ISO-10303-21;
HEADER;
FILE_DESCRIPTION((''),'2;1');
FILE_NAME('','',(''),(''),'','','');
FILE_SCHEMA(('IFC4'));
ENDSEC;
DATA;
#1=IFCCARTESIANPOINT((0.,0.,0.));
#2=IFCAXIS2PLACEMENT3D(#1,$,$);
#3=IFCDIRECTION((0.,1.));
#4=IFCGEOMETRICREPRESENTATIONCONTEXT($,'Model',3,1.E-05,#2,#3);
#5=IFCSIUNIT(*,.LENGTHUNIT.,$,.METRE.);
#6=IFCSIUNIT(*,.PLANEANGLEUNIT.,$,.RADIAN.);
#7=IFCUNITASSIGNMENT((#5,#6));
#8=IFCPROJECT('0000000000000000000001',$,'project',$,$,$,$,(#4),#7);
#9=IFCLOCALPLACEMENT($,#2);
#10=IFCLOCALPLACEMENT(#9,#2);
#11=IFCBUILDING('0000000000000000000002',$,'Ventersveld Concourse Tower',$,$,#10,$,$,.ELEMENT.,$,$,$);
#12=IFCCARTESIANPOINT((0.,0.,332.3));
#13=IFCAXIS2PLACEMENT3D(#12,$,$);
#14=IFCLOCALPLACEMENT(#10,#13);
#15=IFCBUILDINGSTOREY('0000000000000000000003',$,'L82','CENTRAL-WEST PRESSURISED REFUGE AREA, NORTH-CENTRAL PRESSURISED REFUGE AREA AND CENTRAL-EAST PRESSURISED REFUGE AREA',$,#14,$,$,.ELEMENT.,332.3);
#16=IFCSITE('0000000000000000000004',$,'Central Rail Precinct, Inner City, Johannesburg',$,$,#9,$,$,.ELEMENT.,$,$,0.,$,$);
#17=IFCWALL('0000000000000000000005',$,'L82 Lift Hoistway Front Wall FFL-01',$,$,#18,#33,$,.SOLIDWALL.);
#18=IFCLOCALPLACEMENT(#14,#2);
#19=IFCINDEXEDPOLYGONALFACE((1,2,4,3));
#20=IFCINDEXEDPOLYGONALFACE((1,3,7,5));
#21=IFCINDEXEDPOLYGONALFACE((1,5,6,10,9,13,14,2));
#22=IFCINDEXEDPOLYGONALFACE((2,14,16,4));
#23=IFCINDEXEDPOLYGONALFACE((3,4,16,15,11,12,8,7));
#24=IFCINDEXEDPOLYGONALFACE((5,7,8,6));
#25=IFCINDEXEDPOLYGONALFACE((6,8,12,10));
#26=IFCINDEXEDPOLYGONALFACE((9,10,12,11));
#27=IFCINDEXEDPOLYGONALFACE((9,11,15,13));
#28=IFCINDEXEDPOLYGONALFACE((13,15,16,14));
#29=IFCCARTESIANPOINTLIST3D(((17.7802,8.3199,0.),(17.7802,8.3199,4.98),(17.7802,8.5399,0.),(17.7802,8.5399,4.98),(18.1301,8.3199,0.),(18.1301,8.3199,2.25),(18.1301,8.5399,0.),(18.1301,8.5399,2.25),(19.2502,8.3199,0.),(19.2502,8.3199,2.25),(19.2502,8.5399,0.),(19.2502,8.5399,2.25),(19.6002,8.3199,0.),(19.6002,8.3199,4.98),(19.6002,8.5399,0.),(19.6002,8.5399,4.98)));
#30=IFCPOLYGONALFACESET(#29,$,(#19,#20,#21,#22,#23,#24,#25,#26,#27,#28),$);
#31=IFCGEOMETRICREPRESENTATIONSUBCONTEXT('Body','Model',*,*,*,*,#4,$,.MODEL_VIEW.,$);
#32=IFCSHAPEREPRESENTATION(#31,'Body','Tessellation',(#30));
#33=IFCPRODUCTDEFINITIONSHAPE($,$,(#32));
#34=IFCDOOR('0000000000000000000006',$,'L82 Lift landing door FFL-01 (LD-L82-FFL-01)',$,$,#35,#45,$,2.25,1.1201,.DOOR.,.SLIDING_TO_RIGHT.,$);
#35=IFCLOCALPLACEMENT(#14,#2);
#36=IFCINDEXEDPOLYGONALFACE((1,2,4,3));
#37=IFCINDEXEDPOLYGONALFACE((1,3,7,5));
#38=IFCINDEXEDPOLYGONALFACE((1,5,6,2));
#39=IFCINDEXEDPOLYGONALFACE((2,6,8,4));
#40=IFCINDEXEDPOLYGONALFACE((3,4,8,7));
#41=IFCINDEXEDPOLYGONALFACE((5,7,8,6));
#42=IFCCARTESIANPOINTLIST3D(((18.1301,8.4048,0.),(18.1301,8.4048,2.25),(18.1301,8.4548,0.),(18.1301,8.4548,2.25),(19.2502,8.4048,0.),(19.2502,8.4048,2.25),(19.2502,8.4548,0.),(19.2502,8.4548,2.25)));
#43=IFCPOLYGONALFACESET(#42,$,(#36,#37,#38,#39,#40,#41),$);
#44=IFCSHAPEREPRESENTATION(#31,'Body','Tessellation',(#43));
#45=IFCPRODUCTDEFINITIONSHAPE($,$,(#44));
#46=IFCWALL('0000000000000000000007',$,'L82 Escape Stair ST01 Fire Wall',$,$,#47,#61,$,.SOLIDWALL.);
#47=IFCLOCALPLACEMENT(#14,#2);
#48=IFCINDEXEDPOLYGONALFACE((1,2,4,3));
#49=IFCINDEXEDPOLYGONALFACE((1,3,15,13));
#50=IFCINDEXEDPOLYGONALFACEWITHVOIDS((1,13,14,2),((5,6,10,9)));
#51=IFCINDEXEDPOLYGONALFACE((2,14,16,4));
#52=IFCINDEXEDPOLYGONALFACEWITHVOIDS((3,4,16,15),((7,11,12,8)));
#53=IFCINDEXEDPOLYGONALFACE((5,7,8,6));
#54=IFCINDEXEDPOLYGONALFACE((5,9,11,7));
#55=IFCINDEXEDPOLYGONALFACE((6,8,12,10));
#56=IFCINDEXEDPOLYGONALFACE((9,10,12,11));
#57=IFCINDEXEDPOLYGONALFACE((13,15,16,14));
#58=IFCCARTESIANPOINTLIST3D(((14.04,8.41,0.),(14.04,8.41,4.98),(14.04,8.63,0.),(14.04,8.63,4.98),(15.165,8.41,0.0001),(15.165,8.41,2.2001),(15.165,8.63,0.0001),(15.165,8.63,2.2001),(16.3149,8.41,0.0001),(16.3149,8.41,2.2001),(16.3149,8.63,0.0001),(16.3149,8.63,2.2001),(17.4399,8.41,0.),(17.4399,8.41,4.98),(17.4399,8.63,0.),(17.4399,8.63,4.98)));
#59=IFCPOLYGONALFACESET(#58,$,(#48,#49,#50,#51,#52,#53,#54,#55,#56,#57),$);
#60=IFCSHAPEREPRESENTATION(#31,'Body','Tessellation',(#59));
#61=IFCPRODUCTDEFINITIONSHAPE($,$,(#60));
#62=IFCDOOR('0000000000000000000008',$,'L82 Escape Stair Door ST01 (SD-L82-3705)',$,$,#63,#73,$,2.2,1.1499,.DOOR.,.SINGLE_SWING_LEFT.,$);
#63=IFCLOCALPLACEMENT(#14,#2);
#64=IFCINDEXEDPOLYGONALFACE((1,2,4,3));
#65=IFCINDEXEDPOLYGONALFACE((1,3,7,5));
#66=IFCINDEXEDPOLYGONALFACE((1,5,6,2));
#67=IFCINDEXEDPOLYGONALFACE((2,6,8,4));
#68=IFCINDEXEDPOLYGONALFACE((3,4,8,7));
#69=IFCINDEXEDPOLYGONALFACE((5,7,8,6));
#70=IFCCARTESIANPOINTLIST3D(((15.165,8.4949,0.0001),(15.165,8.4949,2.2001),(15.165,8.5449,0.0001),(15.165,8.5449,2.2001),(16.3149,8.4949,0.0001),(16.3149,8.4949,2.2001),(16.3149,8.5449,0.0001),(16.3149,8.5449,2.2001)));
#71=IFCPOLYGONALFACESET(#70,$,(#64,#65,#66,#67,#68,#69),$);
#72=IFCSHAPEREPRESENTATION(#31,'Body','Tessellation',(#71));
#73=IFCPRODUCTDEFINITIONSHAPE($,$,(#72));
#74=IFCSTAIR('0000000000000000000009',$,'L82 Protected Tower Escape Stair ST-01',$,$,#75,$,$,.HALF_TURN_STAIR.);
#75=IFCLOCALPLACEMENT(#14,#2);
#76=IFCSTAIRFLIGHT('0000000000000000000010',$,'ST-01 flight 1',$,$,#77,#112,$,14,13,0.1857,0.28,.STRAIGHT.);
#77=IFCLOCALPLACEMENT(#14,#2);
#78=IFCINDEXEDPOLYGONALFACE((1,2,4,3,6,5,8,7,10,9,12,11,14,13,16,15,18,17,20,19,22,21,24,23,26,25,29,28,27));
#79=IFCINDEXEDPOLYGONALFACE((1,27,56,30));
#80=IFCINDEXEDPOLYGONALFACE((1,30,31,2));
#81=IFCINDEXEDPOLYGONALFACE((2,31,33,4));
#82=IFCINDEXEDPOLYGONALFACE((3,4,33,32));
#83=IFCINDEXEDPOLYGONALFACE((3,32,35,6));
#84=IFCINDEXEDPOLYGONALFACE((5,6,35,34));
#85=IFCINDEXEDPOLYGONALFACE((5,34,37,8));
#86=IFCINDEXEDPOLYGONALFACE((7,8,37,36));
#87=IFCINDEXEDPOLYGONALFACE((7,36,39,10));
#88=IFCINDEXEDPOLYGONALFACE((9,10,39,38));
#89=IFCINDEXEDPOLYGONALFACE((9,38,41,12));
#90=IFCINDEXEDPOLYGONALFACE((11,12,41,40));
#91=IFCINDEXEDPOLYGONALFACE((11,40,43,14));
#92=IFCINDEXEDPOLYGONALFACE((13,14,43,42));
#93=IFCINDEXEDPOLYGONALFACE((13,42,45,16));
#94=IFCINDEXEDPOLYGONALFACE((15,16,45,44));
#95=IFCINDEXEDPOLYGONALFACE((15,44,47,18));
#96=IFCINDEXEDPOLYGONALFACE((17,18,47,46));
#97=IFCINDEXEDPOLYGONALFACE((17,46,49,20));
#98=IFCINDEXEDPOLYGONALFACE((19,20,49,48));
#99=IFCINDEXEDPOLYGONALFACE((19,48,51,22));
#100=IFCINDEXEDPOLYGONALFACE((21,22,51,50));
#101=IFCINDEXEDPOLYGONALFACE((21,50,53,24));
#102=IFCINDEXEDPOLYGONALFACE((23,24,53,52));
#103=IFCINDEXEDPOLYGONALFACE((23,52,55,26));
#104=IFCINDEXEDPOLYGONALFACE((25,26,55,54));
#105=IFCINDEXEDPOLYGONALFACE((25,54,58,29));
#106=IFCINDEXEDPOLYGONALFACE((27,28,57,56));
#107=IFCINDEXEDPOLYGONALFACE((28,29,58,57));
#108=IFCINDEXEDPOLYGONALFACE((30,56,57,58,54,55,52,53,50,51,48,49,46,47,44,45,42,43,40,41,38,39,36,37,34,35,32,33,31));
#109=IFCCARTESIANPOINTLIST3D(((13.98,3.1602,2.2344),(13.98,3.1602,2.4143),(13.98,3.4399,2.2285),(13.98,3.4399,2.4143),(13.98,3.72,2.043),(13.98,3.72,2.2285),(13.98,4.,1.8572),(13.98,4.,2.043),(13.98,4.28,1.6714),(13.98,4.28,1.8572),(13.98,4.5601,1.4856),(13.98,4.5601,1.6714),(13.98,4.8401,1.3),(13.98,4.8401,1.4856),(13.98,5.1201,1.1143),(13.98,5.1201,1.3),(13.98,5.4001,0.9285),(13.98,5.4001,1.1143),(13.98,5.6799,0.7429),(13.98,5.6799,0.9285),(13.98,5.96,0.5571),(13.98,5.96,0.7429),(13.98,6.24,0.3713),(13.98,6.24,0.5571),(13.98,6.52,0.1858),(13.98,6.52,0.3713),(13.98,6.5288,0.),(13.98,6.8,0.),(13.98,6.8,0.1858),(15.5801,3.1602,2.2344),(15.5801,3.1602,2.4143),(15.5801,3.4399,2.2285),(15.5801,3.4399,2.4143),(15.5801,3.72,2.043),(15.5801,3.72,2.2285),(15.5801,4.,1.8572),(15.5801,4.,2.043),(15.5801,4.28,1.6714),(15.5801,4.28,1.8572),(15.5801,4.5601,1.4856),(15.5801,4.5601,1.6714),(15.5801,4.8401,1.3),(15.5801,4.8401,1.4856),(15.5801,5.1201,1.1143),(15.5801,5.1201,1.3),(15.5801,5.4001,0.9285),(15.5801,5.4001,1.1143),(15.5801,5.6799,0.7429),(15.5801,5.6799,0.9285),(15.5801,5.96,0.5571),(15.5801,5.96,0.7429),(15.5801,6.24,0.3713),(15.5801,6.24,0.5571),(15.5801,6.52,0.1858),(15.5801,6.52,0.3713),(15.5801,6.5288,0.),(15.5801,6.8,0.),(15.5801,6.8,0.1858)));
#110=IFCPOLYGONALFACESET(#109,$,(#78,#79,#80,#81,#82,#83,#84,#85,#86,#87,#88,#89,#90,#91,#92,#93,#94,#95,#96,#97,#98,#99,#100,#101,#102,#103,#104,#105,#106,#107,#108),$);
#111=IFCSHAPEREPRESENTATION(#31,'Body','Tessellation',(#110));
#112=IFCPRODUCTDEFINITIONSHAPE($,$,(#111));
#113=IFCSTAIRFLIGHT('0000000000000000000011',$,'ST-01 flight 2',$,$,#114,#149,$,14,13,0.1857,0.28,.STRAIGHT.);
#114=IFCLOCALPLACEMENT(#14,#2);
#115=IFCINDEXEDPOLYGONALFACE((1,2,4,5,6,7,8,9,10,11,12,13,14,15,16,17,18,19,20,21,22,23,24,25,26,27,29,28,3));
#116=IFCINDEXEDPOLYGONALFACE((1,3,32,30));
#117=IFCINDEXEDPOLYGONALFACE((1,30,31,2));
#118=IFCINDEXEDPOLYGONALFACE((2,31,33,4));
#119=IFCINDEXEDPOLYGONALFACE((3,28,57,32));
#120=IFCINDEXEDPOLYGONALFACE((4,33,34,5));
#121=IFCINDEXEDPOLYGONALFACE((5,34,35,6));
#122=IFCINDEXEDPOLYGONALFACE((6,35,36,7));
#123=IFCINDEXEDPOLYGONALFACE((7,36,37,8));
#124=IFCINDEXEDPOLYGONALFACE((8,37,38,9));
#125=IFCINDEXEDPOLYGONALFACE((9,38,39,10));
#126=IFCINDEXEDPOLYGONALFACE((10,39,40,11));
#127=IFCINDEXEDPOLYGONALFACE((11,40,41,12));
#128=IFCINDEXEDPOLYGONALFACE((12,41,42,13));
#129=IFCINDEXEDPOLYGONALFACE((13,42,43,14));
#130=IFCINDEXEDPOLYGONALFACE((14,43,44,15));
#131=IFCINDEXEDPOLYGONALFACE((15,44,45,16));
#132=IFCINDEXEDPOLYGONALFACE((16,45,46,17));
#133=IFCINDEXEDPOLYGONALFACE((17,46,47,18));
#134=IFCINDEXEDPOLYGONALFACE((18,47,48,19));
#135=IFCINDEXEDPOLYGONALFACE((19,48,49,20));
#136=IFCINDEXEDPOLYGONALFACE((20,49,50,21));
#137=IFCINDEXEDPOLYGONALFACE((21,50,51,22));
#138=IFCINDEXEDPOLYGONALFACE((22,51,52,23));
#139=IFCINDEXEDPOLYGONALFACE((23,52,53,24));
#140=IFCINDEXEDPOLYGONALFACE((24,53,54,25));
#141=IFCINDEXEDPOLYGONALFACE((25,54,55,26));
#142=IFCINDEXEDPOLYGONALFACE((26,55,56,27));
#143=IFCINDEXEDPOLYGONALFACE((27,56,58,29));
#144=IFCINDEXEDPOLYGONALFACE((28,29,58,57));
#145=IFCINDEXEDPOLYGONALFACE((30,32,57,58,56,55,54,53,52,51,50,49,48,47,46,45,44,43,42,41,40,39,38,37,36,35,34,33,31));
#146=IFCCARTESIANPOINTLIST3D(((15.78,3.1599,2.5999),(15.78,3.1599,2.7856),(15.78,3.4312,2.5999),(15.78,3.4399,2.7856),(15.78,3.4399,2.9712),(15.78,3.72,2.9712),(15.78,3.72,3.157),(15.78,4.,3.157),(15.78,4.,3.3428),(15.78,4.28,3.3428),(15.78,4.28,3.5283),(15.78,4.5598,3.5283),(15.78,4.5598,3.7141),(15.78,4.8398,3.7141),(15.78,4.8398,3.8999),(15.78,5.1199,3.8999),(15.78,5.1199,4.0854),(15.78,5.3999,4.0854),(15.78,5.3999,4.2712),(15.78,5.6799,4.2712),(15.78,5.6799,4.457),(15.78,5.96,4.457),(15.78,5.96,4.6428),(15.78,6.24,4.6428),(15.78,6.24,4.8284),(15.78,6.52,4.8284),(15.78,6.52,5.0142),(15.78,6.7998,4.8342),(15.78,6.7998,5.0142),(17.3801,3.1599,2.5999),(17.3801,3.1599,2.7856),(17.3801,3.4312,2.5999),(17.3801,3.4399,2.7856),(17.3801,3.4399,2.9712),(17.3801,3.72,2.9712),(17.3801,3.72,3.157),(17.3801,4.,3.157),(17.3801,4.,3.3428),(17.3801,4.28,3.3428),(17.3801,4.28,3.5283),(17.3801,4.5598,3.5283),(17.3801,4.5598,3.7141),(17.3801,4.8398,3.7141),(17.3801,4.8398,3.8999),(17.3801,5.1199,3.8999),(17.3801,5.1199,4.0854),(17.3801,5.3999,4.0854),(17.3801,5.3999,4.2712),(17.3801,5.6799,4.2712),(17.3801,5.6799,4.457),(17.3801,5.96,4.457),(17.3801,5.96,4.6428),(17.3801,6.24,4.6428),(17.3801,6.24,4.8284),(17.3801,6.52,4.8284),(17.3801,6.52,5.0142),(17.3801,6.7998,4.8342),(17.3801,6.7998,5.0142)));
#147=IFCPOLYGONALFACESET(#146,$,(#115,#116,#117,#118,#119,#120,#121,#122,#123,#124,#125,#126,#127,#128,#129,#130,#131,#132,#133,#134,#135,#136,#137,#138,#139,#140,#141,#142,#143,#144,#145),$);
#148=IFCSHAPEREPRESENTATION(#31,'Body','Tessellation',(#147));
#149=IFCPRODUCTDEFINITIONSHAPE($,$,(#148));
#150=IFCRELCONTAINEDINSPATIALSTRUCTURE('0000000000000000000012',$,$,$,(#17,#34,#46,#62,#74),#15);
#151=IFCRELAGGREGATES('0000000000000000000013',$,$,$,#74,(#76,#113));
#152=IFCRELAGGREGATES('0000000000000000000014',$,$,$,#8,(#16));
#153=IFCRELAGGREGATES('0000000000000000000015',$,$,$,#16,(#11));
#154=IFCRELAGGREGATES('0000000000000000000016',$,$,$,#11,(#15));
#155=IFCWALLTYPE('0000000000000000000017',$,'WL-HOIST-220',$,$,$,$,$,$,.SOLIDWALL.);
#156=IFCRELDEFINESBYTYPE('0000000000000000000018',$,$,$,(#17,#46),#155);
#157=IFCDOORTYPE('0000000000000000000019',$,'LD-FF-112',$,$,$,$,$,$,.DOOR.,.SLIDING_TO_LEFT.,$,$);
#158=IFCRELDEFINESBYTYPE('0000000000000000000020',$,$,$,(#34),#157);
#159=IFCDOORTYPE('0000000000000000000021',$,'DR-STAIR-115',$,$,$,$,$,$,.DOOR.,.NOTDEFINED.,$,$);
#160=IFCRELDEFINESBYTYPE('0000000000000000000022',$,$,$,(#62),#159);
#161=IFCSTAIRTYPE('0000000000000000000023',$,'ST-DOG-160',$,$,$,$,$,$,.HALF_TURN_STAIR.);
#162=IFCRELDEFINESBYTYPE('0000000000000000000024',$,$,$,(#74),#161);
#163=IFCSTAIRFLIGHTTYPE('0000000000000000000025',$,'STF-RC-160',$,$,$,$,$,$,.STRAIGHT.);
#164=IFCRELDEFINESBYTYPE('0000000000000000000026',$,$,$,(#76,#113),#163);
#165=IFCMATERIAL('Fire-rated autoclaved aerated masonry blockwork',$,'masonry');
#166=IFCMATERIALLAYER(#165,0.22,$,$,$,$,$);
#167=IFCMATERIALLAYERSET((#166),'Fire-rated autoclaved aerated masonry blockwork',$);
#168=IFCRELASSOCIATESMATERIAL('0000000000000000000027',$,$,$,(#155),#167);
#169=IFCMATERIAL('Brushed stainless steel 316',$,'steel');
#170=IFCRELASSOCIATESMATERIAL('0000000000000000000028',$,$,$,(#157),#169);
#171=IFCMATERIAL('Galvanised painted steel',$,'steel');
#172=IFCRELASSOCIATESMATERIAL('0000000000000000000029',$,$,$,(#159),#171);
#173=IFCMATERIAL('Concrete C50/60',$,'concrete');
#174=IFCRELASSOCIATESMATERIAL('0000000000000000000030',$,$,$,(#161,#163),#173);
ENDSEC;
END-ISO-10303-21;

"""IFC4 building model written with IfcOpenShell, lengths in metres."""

from ifc_helpers import new_model, si_unit, direction, frame, frame_2d, origin, place, context, subcontext, project, spatial, polyline, rectangle, outline, extrude, material, layer, layer_set, type_object, element, fill, aggregate, save


model = new_model("IFC4")

# Units and contexts
model_context = context("Model", 3, precision=1e-05, world=origin(), true_north=direction((0.0, 1.0)))
body_context = subcontext(model_context, "Body", "Model", "MODEL_VIEW")
ifc_project = project(units=[si_unit("LENGTHUNIT", "METRE"), si_unit("PLANEANGLEUNIT", "RADIAN")], contexts=[model_context])

# Site, building, storey
site_placement = place(None, origin())
site = spatial("IfcSite", under=ifc_project, at=site_placement, Name="Central Rail Precinct, Inner City, Johannesburg", CompositionType="ELEMENT", RefElevation=0.0)
building_placement = place(site_placement, origin())
building = spatial("IfcBuilding", under=site, at=building_placement, Name="Ventersveld Concourse Tower", CompositionType="ELEMENT")
storey_placement = place(building_placement, frame((0.0, 0.0, 332.3)))
storey = spatial("IfcBuildingStorey", under=building, at=storey_placement, Name="L82", Description="CENTRAL-WEST PRESSURISED REFUGE AREA, NORTH-CENTRAL PRESSURISED REFUGE AREA AND CENTRAL-EAST PRESSURISED REFUGE AREA", CompositionType="ELEMENT", Elevation=332.3)

# Shared definitions
ifc_material_1 = material(Name="Concrete C50/60", Category="concrete")

# Shared definitions
ifc_material_2 = material(Name="Fire-rated autoclaved aerated masonry blockwork", Category="masonry")
ifc_layer_1 = layer(ifc_material_2, 0.22)
ifc_layer_set_1 = layer_set([ifc_layer_1], Name="Fire-rated autoclaved aerated masonry blockwork")
wall_type_1 = type_object("IfcWallType", Name="WL-HOIST-220", PredefinedType="SOLIDWALL", material=ifc_layer_set_1)

# Walls, openings, doors
wall_1_placement = place(storey_placement, frame((17.78, 8.4299, 0.0), z_axis=(0.0, 0.0, 1.0), x_axis=(1.0, 0.0, 0.0)))
wall_1 = element("IfcWall", 1, at=wall_1_placement, inside=storey, type_object=wall_type_1, Name="L82 Lift Hoistway Front Wall FFL-01", PredefinedType="SOLIDWALL", context=body_context, shape_type="SweptSolid", body=[
    extrude(rectangle(XDim=1.8201, YDim=0.22, at=frame_2d((0.9102, 0.0))), origin(), (0.0, 0.0, 1.0), 4.98),
])
opening_1_placement = place(wall_1_placement, frame((0.3501, 0.0, 0.0)))
opening_1 = element("IfcOpeningElement", 2, at=opening_1_placement, cuts=wall_1, PredefinedType="OPENING", context=body_context, shape_type="SweptSolid", body=[
    extrude(rectangle(XDim=1.1201, YDim=2.25, at=frame_2d((0.5601, 1.125))), frame((0.0, 0.1201, 0.0), z_axis=(0.0, -1.0, 0.0), x_axis=(1.0, 0.0, 0.0)), (0.0, 0.0, 1.0), 0.24),
])
ifc_material_3 = material(Name="Brushed stainless steel 316", Category="steel")
door_type_1 = type_object("IfcDoorType", Name="LD-FF-112", OperationType="SLIDING_TO_LEFT", PredefinedType="DOOR", material=ifc_material_3)
door_1_placement = place(opening_1_placement, origin())
door_1 = element("IfcDoor", 3, at=door_1_placement, inside=storey, type_object=door_type_1, Name="L82 Lift landing door FFL-01 (LD-L82-FFL-01)", OperationType="SLIDING_TO_RIGHT", OverallHeight=2.25, OverallWidth=1.1201, PredefinedType="DOOR", context=body_context, shape_type="SweptSolid", body=[
    extrude(rectangle(XDim=1.1201, YDim=2.25, at=frame_2d((0.5601, 1.125))), frame((0.0, 0.0249, 0.0), z_axis=(0.0, -1.0, 0.0), x_axis=(1.0, 0.0, 0.0)), (0.0, 0.0, 1.0), 0.05),
])
fill(opening_1, door_1)
wall_2_placement = place(storey_placement, frame((14.04, 8.52, 0.0), z_axis=(0.0, 0.0, 1.0), x_axis=(1.0, 0.0, 0.0)))
wall_2 = element("IfcWall", 4, at=wall_2_placement, inside=storey, type_object=wall_type_1, Name="L82 Escape Stair ST01 Fire Wall", PredefinedType="SOLIDWALL", context=body_context, shape_type="SweptSolid", body=[
    extrude(rectangle(XDim=3.3999, YDim=0.22, at=frame_2d((1.7, 0.0))), origin(), (0.0, 0.0, 1.0), 4.98),
])
opening_2_placement = place(wall_2_placement, frame((1.125, 0.0, 0.0)))
opening_2 = element("IfcOpeningElement", 5, at=opening_2_placement, cuts=wall_2, PredefinedType="OPENING", context=body_context, shape_type="SweptSolid", body=[
    extrude(rectangle(XDim=1.1499, YDim=2.2, at=frame_2d((0.575, 1.1001))), frame((0.0, 0.1201, 0.0), z_axis=(0.0, -1.0, 0.0), x_axis=(1.0, 0.0, 0.0)), (0.0, 0.0, 1.0), 0.24),
])
ifc_material_4 = material(Name="Galvanised painted steel", Category="steel")
door_type_2 = type_object("IfcDoorType", Name="DR-STAIR-115", OperationType="NOTDEFINED", PredefinedType="DOOR", material=ifc_material_4)
door_2_placement = place(opening_2_placement, origin())
door_2 = element("IfcDoor", 6, at=door_2_placement, inside=storey, type_object=door_type_2, Name="L82 Escape Stair Door ST01 (SD-L82-3705)", OperationType="SINGLE_SWING_LEFT", OverallHeight=2.2, OverallWidth=1.1499, PredefinedType="DOOR", context=body_context, shape_type="SweptSolid", body=[
    extrude(rectangle(XDim=1.1499, YDim=2.2, at=frame_2d((0.575, 1.1001))), frame((0.0, 0.0249, 0.0), z_axis=(0.0, -1.0, 0.0), x_axis=(1.0, 0.0, 0.0)), (0.0, 0.0, 1.0), 0.05),
])
fill(opening_2, door_2)

# Stair, stair flights
stair_type = type_object("IfcStairType", Name="ST-DOG-160", PredefinedType="HALF_TURN_STAIR", material=ifc_material_1)
stair_placement = place(storey_placement, origin())
stair = element("IfcStair", 7, at=stair_placement, inside=storey, type_object=stair_type, Name="L82 Protected Tower Escape Stair ST-01", PredefinedType="HALF_TURN_STAIR")
stair_flight_type = type_object("IfcStairFlightType", Name="STF-RC-160", PredefinedType="STRAIGHT", material=ifc_material_1)
stair_flight_1_placement = place(storey_placement, frame((14.78, 6.8, 0.0), z_axis=(0.0, 0.0, 1.0), x_axis=(0.0, -1.0, 0.0)))
stair_flight_1 = element("IfcStairFlight", 8, at=stair_flight_1_placement, type_object=stair_flight_type, Name="ST-01 flight 1", NumberOfRisers=14, NumberOfTreads=13, PredefinedType="STRAIGHT", RiserHeight=0.1857, TreadLength=0.28, context=body_context, shape_type="SweptSolid", body=[
    extrude(outline(polyline([(0.0, 0.0), (0.0, 0.1858), (0.28, 0.1858), (0.28, 0.3713), (0.5601, 0.3713), (0.5601, 0.5571), (0.8401, 0.5571), (0.8401, 0.7429), (1.1201, 0.7429), (1.1201, 0.9285), (1.3999, 0.9285), (1.3999, 1.1143), (1.6799, 1.1143), (1.6799, 1.3), (1.96, 1.3), (1.96, 1.4856), (2.24, 1.4856), (2.24, 1.6714), (2.52, 1.6714), (2.52, 1.8572), (2.8, 1.8572), (2.8, 2.043), (3.0801, 2.043), (3.0801, 2.2285), (3.3601, 2.2285), (3.3601, 2.4143), (3.6399, 2.4143), (3.6399, 2.6001), (3.6399, 2.2344), (0.2712, 0.0), (0.0, 0.0)])), frame((0.0, 0.8, 0.0), z_axis=(0.0, -1.0, 0.0), x_axis=(1.0, 0.0, 0.0)), (0.0, 0.0, 1.0), 1.6001),
])
stair_flight_2_placement = place(storey_placement, frame((16.5801, 3.1599, 2.5999), z_axis=(0.0, 0.0, 1.0), x_axis=(0.0, 1.0, 0.0)))
stair_flight_2 = element("IfcStairFlight", 9, at=stair_flight_2_placement, type_object=stair_flight_type, Name="ST-01 flight 2", NumberOfRisers=14, NumberOfTreads=13, PredefinedType="STRAIGHT", RiserHeight=0.1857, TreadLength=0.28, context=body_context, shape_type="SweptSolid", body=[
    extrude(outline(polyline([(0.0, 0.0), (0.0, 0.1858), (0.28, 0.1858), (0.28, 0.3713), (0.5601, 0.3713), (0.5601, 0.5571), (0.8401, 0.5571), (0.8401, 0.7429), (1.1201, 0.7429), (1.1201, 0.9285), (1.3999, 0.9285), (1.3999, 1.1143), (1.6799, 1.1143), (1.6799, 1.3), (1.96, 1.3), (1.96, 1.4856), (2.24, 1.4856), (2.24, 1.6714), (2.52, 1.6714), (2.52, 1.8572), (2.8, 1.8572), (2.8, 2.043), (3.0801, 2.043), (3.0801, 2.2285), (3.3601, 2.2285), (3.3601, 2.4143), (3.6399, 2.4143), (3.6399, 2.6001), (3.6399, 2.2344), (0.2712, 0.0), (0.0, 0.0)])), frame((0.0, 0.8, 0.0), z_axis=(0.0, -1.0, 0.0), x_axis=(1.0, 0.0, 0.0)), (0.0, 0.0, 1.0), 1.6001),
])
aggregate(stair, [stair_flight_1, stair_flight_2])

save(model, "model.ifc")
